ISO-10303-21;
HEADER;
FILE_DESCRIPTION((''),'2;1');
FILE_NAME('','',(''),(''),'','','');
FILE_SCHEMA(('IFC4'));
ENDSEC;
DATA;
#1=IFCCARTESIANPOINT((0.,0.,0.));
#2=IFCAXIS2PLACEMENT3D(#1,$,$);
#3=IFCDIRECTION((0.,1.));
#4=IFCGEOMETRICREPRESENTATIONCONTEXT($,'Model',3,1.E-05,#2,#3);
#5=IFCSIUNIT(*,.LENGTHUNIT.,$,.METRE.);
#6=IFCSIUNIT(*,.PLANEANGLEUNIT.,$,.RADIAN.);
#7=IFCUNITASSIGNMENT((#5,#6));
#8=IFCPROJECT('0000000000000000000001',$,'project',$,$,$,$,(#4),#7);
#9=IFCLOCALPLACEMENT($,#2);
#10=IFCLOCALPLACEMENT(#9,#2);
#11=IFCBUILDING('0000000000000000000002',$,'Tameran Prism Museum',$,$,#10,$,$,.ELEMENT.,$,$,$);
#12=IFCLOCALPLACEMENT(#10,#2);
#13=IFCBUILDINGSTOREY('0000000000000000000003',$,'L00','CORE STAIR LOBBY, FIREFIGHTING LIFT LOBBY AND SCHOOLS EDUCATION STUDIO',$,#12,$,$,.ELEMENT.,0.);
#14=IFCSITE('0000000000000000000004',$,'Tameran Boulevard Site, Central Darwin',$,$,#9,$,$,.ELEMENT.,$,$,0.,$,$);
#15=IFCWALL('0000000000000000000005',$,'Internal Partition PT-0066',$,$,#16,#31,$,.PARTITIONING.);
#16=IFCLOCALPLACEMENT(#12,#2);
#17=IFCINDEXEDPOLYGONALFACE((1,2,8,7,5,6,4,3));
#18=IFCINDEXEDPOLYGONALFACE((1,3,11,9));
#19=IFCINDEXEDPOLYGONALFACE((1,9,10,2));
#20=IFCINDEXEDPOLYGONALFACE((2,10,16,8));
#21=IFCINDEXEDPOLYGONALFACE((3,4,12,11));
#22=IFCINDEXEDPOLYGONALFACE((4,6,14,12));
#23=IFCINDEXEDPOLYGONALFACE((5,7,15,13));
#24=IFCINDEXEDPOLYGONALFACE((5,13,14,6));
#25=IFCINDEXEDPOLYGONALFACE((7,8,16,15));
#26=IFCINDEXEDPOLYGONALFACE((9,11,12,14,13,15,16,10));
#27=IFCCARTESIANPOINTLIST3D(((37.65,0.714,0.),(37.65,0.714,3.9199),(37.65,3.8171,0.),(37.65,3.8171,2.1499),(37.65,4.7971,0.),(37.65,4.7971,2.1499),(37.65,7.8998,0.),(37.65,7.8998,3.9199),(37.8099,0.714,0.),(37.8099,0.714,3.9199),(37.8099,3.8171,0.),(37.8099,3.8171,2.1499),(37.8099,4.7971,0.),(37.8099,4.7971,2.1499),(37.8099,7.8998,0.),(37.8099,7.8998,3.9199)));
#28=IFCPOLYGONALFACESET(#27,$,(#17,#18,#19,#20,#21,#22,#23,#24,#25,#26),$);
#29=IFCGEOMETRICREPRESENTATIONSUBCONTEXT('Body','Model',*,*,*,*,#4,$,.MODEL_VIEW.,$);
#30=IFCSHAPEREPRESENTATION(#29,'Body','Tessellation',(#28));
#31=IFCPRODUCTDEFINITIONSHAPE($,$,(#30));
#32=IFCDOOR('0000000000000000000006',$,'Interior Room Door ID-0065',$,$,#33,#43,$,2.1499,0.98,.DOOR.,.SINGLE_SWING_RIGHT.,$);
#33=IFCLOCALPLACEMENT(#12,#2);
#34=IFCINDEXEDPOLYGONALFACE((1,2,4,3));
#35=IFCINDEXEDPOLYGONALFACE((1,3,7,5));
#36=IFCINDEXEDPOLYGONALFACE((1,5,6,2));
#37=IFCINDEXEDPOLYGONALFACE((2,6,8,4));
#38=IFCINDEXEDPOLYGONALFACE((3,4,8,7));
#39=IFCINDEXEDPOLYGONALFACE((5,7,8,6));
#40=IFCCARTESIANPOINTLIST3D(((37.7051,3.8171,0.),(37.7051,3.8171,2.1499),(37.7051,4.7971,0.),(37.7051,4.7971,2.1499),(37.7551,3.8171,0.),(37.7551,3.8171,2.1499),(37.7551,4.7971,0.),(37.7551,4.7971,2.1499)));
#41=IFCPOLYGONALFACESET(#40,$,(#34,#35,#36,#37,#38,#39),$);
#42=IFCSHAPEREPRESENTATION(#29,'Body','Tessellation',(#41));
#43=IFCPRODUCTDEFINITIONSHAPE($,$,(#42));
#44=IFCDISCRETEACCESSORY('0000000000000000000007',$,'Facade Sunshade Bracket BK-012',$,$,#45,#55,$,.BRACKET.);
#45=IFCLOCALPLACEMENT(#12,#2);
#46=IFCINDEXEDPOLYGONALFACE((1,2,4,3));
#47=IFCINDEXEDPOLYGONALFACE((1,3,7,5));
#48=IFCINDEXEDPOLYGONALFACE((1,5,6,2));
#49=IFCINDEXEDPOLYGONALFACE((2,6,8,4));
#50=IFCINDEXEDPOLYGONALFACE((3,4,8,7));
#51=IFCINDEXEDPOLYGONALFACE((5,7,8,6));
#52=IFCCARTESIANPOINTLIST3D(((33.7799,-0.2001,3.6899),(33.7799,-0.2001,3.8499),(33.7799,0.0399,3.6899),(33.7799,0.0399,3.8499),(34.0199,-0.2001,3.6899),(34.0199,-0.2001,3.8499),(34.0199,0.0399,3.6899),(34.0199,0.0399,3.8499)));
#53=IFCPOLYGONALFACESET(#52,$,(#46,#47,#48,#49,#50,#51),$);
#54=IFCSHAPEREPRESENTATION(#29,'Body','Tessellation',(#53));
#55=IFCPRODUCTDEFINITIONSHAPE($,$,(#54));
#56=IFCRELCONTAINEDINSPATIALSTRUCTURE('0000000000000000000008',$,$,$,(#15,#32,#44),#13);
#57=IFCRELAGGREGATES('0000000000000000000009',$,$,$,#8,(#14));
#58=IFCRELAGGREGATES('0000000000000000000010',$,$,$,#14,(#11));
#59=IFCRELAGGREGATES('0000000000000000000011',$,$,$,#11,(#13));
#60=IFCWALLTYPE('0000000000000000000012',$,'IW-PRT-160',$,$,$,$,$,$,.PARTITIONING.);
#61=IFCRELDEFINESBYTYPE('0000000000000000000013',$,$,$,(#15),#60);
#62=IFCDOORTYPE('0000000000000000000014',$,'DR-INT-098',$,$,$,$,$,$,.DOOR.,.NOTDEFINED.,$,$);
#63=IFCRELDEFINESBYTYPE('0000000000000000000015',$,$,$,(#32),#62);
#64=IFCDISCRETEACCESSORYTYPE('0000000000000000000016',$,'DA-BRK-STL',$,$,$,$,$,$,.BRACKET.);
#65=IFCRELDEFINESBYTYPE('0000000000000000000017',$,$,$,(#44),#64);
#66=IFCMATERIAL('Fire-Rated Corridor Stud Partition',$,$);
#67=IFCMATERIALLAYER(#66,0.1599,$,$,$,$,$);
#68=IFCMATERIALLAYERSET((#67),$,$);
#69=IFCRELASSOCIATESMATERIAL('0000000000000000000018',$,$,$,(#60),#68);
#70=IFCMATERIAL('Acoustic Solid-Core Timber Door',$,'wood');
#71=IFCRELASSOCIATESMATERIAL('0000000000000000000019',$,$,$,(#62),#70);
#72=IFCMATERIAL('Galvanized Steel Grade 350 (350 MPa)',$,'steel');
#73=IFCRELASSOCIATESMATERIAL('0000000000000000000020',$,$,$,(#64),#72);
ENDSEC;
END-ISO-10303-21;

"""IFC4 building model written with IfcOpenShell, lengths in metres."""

from ifc_helpers import new_model, si_unit, direction, frame, frame_2d, origin, origin_2d, place, context, subcontext, project, spatial, rectangle, extrude, material, layer, layer_set, type_object, element, fill, save


model = new_model("IFC4")

# Units and contexts
model_context = context("Model", 3, precision=1e-05, world=origin(), true_north=direction((0.0, 1.0)))
body_context = subcontext(model_context, "Body", "Model", "MODEL_VIEW")
ifc_project = project(units=[si_unit("LENGTHUNIT", "METRE"), si_unit("PLANEANGLEUNIT", "RADIAN")], contexts=[model_context])

# Site, building, storey
site_placement = place(None, origin())
site = spatial("IfcSite", under=ifc_project, at=site_placement, Name="Tameran Boulevard Site, Central Darwin", CompositionType="ELEMENT", RefElevation=0.0)
building_placement = place(site_placement, origin())
building = spatial("IfcBuilding", under=site, at=building_placement, Name="Tameran Prism Museum", CompositionType="ELEMENT")
storey_placement = place(building_placement, origin())
storey = spatial("IfcBuildingStorey", under=building, at=storey_placement, Name="L00", Description="CORE STAIR LOBBY, FIREFIGHTING LIFT LOBBY AND SCHOOLS EDUCATION STUDIO", CompositionType="ELEMENT", Elevation=0.0)

# Wall, opening, door
ifc_material_1 = material(Name="Fire-Rated Corridor Stud Partition")
ifc_layer_1 = layer(ifc_material_1, 0.1599)
ifc_layer_set_1 = layer_set([ifc_layer_1])
wall_type_1 = type_object("IfcWallType", Name="IW-PRT-160", PredefinedType="PARTITIONING", material=ifc_layer_set_1)
wall_1_placement = place(storey_placement, frame((37.73, 0.7141, 0.0), z_axis=(0.0, 0.0, 1.0), x_axis=(0.0, 1.0, 0.0)))
wall_1 = element("IfcWall", 1, at=wall_1_placement, inside=storey, type_object=wall_type_1, Name="Internal Partition PT-0066", PredefinedType="PARTITIONING", context=body_context, shape_type="SweptSolid", body=[
    extrude(rectangle(XDim=7.1858, YDim=0.1599, at=frame_2d((3.5928, 0.0))), origin(), (0.0, 0.0, 1.0), 3.9199),
])
opening_placement = place(wall_1_placement, frame((3.103, 0.0, 0.0)))
opening = element("IfcOpeningElement", 2, at=opening_placement, cuts=wall_1, PredefinedType="OPENING", context=body_context, shape_type="SweptSolid", body=[
    extrude(rectangle(XDim=0.98, YDim=2.1499, at=frame_2d((0.49, 1.075))), frame((0.0, 0.0898, 0.0), z_axis=(0.0, -1.0, 0.0), x_axis=(1.0, 0.0, 0.0)), (0.0, 0.0, 1.0), 0.1799),
])
ifc_material_2 = material(Name="Acoustic Solid-Core Timber Door", Category="wood")
door_type = type_object("IfcDoorType", Name="DR-INT-098", OperationType="NOTDEFINED", PredefinedType="DOOR", material=ifc_material_2)
door_placement = place(opening_placement, origin())
door = element("IfcDoor", 3, at=door_placement, inside=storey, type_object=door_type, Name="Interior Room Door ID-0065", OperationType="SINGLE_SWING_RIGHT", OverallHeight=2.1499, OverallWidth=0.98, PredefinedType="DOOR", context=body_context, shape_type="SweptSolid", body=[
    extrude(rectangle(XDim=0.98, YDim=2.1499, at=frame_2d((0.49, 1.075))), frame((0.0, 0.0249, 0.0), z_axis=(0.0, -1.0, 0.0), x_axis=(1.0, 0.0, 0.0)), (0.0, 0.0, 1.0), 0.05),
])
fill(opening, door)

# Discrete accessory
ifc_material_3 = material(Name="Galvanized Steel Grade 350 (350 MPa)", Category="steel")
discrete_accessory_type = type_object("IfcDiscreteAccessoryType", Name="DA-BRK-STL", PredefinedType="BRACKET", material=ifc_material_3)
discrete_accessory_placement = place(storey_placement, frame((33.8999, -0.0801, 3.6899), z_axis=(0.0, 0.0, 1.0), x_axis=(-1.0, 0.0, 0.0)))
element("IfcDiscreteAccessory", 4, at=discrete_accessory_placement, inside=storey, type_object=discrete_accessory_type, Name="Facade Sunshade Bracket BK-012", PredefinedType="BRACKET", context=body_context, shape_type="SweptSolid", body=[
    extrude(rectangle(XDim=0.24, YDim=0.24, at=origin_2d()), origin(), (0.0, 0.0, 1.0), 0.1599),
])

save(model, "model.ifc")
